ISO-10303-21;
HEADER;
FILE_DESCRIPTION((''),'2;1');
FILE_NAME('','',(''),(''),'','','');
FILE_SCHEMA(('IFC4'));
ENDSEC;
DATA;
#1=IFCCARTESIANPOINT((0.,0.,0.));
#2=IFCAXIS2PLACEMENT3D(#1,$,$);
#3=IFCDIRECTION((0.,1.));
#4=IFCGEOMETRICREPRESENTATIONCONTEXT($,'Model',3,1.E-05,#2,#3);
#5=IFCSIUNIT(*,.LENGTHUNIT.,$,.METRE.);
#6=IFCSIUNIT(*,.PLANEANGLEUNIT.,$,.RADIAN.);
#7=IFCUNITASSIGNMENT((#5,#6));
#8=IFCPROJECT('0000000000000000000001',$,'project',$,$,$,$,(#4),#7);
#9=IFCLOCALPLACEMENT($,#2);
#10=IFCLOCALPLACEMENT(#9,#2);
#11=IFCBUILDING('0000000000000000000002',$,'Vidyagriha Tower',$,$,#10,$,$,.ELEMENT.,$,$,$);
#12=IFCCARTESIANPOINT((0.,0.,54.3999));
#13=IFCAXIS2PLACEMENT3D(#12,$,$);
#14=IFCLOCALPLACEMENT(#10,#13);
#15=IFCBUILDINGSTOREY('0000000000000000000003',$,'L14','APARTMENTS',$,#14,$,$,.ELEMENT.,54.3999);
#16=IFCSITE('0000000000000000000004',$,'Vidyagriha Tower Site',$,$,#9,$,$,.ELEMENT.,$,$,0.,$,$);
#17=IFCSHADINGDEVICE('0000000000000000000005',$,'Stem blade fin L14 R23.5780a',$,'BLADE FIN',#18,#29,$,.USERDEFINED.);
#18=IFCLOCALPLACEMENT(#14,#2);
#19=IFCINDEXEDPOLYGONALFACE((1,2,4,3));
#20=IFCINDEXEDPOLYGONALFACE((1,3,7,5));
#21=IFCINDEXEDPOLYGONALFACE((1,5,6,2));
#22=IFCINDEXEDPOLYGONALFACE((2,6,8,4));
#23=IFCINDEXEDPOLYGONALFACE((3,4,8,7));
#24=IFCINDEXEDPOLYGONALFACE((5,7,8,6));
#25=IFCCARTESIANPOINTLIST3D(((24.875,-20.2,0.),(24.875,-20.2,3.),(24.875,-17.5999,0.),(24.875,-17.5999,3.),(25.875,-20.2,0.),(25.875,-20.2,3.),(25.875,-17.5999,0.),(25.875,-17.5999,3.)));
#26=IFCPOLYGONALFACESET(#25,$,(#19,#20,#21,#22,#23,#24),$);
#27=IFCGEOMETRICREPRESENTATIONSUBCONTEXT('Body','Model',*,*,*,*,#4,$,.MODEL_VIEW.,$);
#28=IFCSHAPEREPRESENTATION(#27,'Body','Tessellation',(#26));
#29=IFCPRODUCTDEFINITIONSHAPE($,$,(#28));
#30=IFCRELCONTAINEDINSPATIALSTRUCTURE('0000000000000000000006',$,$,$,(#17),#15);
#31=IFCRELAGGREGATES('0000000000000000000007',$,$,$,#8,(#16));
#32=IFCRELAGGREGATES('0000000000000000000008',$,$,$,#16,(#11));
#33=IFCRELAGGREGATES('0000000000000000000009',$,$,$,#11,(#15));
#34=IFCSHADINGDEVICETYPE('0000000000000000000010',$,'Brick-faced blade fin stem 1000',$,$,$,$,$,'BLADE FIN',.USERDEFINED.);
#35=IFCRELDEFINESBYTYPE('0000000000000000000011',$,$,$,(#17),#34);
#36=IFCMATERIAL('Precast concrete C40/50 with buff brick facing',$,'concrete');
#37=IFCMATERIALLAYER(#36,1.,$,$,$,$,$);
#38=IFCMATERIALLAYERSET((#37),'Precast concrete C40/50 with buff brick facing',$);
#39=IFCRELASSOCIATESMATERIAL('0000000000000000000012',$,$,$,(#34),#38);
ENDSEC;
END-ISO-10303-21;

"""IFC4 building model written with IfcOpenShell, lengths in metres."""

from ifc_helpers import new_model, si_unit, direction, frame, origin, place, context, subcontext, project, spatial, polyline, outline, extrude, material, layer, layer_set, type_object, element, save


model = new_model("IFC4")

# Units and contexts
model_context = context("Model", 3, precision=1e-05, world=origin(), true_north=direction((0.0, 1.0)))
body_context = subcontext(model_context, "Body", "Model", "MODEL_VIEW")
ifc_project = project(units=[si_unit("LENGTHUNIT", "METRE"), si_unit("PLANEANGLEUNIT", "RADIAN")], contexts=[model_context])

# Site, building, storey
site_placement = place(None, origin())
site = spatial("IfcSite", under=ifc_project, at=site_placement, Name="Vidyagriha Tower Site", CompositionType="ELEMENT", RefElevation=0.0)
building_placement = place(site_placement, origin())
building = spatial("IfcBuilding", under=site, at=building_placement, Name="Vidyagriha Tower", CompositionType="ELEMENT")
storey_placement = place(building_placement, frame((0.0, 0.0, 54.3999)))
storey = spatial("IfcBuildingStorey", under=building, at=storey_placement, Name="L14", Description="APARTMENTS", CompositionType="ELEMENT", Elevation=54.3999)

# Shading device
ifc_material_1 = material(Name="Precast concrete C40/50 with buff brick facing", Category="concrete")
ifc_layer_1 = layer(ifc_material_1, 1.0)
ifc_layer_set_1 = layer_set([ifc_layer_1], Name="Precast concrete C40/50 with buff brick facing")
shading_device_type_1 = type_object("IfcShadingDeviceType", Name="Brick-faced blade fin stem 1000", ElementType="BLADE FIN", PredefinedType="USERDEFINED", material=ifc_layer_set_1)
shading_device_1_placement = place(storey_placement, frame((24.875, -18.8999, 0.0)))
element("IfcShadingDevice", 1, at=shading_device_1_placement, inside=storey, type_object=shading_device_type_1, Name="Stem blade fin L14 R23.5780a", ObjectType="BLADE FIN", PredefinedType="USERDEFINED", context=body_context, shape_type="SweptSolid", body=[
    extrude(outline(polyline([(0.0, 0.0), (1.0, 0.0), (1.0, 3.0), (0.0, 3.0), (0.0, 0.0)])), frame((0.0, 1.3, 0.0), z_axis=(0.0, -1.0, 0.0), x_axis=(1.0, 0.0, 0.0)), (0.0, 0.0, 1.0), 2.6001),
])

save(model, "model.ifc")
